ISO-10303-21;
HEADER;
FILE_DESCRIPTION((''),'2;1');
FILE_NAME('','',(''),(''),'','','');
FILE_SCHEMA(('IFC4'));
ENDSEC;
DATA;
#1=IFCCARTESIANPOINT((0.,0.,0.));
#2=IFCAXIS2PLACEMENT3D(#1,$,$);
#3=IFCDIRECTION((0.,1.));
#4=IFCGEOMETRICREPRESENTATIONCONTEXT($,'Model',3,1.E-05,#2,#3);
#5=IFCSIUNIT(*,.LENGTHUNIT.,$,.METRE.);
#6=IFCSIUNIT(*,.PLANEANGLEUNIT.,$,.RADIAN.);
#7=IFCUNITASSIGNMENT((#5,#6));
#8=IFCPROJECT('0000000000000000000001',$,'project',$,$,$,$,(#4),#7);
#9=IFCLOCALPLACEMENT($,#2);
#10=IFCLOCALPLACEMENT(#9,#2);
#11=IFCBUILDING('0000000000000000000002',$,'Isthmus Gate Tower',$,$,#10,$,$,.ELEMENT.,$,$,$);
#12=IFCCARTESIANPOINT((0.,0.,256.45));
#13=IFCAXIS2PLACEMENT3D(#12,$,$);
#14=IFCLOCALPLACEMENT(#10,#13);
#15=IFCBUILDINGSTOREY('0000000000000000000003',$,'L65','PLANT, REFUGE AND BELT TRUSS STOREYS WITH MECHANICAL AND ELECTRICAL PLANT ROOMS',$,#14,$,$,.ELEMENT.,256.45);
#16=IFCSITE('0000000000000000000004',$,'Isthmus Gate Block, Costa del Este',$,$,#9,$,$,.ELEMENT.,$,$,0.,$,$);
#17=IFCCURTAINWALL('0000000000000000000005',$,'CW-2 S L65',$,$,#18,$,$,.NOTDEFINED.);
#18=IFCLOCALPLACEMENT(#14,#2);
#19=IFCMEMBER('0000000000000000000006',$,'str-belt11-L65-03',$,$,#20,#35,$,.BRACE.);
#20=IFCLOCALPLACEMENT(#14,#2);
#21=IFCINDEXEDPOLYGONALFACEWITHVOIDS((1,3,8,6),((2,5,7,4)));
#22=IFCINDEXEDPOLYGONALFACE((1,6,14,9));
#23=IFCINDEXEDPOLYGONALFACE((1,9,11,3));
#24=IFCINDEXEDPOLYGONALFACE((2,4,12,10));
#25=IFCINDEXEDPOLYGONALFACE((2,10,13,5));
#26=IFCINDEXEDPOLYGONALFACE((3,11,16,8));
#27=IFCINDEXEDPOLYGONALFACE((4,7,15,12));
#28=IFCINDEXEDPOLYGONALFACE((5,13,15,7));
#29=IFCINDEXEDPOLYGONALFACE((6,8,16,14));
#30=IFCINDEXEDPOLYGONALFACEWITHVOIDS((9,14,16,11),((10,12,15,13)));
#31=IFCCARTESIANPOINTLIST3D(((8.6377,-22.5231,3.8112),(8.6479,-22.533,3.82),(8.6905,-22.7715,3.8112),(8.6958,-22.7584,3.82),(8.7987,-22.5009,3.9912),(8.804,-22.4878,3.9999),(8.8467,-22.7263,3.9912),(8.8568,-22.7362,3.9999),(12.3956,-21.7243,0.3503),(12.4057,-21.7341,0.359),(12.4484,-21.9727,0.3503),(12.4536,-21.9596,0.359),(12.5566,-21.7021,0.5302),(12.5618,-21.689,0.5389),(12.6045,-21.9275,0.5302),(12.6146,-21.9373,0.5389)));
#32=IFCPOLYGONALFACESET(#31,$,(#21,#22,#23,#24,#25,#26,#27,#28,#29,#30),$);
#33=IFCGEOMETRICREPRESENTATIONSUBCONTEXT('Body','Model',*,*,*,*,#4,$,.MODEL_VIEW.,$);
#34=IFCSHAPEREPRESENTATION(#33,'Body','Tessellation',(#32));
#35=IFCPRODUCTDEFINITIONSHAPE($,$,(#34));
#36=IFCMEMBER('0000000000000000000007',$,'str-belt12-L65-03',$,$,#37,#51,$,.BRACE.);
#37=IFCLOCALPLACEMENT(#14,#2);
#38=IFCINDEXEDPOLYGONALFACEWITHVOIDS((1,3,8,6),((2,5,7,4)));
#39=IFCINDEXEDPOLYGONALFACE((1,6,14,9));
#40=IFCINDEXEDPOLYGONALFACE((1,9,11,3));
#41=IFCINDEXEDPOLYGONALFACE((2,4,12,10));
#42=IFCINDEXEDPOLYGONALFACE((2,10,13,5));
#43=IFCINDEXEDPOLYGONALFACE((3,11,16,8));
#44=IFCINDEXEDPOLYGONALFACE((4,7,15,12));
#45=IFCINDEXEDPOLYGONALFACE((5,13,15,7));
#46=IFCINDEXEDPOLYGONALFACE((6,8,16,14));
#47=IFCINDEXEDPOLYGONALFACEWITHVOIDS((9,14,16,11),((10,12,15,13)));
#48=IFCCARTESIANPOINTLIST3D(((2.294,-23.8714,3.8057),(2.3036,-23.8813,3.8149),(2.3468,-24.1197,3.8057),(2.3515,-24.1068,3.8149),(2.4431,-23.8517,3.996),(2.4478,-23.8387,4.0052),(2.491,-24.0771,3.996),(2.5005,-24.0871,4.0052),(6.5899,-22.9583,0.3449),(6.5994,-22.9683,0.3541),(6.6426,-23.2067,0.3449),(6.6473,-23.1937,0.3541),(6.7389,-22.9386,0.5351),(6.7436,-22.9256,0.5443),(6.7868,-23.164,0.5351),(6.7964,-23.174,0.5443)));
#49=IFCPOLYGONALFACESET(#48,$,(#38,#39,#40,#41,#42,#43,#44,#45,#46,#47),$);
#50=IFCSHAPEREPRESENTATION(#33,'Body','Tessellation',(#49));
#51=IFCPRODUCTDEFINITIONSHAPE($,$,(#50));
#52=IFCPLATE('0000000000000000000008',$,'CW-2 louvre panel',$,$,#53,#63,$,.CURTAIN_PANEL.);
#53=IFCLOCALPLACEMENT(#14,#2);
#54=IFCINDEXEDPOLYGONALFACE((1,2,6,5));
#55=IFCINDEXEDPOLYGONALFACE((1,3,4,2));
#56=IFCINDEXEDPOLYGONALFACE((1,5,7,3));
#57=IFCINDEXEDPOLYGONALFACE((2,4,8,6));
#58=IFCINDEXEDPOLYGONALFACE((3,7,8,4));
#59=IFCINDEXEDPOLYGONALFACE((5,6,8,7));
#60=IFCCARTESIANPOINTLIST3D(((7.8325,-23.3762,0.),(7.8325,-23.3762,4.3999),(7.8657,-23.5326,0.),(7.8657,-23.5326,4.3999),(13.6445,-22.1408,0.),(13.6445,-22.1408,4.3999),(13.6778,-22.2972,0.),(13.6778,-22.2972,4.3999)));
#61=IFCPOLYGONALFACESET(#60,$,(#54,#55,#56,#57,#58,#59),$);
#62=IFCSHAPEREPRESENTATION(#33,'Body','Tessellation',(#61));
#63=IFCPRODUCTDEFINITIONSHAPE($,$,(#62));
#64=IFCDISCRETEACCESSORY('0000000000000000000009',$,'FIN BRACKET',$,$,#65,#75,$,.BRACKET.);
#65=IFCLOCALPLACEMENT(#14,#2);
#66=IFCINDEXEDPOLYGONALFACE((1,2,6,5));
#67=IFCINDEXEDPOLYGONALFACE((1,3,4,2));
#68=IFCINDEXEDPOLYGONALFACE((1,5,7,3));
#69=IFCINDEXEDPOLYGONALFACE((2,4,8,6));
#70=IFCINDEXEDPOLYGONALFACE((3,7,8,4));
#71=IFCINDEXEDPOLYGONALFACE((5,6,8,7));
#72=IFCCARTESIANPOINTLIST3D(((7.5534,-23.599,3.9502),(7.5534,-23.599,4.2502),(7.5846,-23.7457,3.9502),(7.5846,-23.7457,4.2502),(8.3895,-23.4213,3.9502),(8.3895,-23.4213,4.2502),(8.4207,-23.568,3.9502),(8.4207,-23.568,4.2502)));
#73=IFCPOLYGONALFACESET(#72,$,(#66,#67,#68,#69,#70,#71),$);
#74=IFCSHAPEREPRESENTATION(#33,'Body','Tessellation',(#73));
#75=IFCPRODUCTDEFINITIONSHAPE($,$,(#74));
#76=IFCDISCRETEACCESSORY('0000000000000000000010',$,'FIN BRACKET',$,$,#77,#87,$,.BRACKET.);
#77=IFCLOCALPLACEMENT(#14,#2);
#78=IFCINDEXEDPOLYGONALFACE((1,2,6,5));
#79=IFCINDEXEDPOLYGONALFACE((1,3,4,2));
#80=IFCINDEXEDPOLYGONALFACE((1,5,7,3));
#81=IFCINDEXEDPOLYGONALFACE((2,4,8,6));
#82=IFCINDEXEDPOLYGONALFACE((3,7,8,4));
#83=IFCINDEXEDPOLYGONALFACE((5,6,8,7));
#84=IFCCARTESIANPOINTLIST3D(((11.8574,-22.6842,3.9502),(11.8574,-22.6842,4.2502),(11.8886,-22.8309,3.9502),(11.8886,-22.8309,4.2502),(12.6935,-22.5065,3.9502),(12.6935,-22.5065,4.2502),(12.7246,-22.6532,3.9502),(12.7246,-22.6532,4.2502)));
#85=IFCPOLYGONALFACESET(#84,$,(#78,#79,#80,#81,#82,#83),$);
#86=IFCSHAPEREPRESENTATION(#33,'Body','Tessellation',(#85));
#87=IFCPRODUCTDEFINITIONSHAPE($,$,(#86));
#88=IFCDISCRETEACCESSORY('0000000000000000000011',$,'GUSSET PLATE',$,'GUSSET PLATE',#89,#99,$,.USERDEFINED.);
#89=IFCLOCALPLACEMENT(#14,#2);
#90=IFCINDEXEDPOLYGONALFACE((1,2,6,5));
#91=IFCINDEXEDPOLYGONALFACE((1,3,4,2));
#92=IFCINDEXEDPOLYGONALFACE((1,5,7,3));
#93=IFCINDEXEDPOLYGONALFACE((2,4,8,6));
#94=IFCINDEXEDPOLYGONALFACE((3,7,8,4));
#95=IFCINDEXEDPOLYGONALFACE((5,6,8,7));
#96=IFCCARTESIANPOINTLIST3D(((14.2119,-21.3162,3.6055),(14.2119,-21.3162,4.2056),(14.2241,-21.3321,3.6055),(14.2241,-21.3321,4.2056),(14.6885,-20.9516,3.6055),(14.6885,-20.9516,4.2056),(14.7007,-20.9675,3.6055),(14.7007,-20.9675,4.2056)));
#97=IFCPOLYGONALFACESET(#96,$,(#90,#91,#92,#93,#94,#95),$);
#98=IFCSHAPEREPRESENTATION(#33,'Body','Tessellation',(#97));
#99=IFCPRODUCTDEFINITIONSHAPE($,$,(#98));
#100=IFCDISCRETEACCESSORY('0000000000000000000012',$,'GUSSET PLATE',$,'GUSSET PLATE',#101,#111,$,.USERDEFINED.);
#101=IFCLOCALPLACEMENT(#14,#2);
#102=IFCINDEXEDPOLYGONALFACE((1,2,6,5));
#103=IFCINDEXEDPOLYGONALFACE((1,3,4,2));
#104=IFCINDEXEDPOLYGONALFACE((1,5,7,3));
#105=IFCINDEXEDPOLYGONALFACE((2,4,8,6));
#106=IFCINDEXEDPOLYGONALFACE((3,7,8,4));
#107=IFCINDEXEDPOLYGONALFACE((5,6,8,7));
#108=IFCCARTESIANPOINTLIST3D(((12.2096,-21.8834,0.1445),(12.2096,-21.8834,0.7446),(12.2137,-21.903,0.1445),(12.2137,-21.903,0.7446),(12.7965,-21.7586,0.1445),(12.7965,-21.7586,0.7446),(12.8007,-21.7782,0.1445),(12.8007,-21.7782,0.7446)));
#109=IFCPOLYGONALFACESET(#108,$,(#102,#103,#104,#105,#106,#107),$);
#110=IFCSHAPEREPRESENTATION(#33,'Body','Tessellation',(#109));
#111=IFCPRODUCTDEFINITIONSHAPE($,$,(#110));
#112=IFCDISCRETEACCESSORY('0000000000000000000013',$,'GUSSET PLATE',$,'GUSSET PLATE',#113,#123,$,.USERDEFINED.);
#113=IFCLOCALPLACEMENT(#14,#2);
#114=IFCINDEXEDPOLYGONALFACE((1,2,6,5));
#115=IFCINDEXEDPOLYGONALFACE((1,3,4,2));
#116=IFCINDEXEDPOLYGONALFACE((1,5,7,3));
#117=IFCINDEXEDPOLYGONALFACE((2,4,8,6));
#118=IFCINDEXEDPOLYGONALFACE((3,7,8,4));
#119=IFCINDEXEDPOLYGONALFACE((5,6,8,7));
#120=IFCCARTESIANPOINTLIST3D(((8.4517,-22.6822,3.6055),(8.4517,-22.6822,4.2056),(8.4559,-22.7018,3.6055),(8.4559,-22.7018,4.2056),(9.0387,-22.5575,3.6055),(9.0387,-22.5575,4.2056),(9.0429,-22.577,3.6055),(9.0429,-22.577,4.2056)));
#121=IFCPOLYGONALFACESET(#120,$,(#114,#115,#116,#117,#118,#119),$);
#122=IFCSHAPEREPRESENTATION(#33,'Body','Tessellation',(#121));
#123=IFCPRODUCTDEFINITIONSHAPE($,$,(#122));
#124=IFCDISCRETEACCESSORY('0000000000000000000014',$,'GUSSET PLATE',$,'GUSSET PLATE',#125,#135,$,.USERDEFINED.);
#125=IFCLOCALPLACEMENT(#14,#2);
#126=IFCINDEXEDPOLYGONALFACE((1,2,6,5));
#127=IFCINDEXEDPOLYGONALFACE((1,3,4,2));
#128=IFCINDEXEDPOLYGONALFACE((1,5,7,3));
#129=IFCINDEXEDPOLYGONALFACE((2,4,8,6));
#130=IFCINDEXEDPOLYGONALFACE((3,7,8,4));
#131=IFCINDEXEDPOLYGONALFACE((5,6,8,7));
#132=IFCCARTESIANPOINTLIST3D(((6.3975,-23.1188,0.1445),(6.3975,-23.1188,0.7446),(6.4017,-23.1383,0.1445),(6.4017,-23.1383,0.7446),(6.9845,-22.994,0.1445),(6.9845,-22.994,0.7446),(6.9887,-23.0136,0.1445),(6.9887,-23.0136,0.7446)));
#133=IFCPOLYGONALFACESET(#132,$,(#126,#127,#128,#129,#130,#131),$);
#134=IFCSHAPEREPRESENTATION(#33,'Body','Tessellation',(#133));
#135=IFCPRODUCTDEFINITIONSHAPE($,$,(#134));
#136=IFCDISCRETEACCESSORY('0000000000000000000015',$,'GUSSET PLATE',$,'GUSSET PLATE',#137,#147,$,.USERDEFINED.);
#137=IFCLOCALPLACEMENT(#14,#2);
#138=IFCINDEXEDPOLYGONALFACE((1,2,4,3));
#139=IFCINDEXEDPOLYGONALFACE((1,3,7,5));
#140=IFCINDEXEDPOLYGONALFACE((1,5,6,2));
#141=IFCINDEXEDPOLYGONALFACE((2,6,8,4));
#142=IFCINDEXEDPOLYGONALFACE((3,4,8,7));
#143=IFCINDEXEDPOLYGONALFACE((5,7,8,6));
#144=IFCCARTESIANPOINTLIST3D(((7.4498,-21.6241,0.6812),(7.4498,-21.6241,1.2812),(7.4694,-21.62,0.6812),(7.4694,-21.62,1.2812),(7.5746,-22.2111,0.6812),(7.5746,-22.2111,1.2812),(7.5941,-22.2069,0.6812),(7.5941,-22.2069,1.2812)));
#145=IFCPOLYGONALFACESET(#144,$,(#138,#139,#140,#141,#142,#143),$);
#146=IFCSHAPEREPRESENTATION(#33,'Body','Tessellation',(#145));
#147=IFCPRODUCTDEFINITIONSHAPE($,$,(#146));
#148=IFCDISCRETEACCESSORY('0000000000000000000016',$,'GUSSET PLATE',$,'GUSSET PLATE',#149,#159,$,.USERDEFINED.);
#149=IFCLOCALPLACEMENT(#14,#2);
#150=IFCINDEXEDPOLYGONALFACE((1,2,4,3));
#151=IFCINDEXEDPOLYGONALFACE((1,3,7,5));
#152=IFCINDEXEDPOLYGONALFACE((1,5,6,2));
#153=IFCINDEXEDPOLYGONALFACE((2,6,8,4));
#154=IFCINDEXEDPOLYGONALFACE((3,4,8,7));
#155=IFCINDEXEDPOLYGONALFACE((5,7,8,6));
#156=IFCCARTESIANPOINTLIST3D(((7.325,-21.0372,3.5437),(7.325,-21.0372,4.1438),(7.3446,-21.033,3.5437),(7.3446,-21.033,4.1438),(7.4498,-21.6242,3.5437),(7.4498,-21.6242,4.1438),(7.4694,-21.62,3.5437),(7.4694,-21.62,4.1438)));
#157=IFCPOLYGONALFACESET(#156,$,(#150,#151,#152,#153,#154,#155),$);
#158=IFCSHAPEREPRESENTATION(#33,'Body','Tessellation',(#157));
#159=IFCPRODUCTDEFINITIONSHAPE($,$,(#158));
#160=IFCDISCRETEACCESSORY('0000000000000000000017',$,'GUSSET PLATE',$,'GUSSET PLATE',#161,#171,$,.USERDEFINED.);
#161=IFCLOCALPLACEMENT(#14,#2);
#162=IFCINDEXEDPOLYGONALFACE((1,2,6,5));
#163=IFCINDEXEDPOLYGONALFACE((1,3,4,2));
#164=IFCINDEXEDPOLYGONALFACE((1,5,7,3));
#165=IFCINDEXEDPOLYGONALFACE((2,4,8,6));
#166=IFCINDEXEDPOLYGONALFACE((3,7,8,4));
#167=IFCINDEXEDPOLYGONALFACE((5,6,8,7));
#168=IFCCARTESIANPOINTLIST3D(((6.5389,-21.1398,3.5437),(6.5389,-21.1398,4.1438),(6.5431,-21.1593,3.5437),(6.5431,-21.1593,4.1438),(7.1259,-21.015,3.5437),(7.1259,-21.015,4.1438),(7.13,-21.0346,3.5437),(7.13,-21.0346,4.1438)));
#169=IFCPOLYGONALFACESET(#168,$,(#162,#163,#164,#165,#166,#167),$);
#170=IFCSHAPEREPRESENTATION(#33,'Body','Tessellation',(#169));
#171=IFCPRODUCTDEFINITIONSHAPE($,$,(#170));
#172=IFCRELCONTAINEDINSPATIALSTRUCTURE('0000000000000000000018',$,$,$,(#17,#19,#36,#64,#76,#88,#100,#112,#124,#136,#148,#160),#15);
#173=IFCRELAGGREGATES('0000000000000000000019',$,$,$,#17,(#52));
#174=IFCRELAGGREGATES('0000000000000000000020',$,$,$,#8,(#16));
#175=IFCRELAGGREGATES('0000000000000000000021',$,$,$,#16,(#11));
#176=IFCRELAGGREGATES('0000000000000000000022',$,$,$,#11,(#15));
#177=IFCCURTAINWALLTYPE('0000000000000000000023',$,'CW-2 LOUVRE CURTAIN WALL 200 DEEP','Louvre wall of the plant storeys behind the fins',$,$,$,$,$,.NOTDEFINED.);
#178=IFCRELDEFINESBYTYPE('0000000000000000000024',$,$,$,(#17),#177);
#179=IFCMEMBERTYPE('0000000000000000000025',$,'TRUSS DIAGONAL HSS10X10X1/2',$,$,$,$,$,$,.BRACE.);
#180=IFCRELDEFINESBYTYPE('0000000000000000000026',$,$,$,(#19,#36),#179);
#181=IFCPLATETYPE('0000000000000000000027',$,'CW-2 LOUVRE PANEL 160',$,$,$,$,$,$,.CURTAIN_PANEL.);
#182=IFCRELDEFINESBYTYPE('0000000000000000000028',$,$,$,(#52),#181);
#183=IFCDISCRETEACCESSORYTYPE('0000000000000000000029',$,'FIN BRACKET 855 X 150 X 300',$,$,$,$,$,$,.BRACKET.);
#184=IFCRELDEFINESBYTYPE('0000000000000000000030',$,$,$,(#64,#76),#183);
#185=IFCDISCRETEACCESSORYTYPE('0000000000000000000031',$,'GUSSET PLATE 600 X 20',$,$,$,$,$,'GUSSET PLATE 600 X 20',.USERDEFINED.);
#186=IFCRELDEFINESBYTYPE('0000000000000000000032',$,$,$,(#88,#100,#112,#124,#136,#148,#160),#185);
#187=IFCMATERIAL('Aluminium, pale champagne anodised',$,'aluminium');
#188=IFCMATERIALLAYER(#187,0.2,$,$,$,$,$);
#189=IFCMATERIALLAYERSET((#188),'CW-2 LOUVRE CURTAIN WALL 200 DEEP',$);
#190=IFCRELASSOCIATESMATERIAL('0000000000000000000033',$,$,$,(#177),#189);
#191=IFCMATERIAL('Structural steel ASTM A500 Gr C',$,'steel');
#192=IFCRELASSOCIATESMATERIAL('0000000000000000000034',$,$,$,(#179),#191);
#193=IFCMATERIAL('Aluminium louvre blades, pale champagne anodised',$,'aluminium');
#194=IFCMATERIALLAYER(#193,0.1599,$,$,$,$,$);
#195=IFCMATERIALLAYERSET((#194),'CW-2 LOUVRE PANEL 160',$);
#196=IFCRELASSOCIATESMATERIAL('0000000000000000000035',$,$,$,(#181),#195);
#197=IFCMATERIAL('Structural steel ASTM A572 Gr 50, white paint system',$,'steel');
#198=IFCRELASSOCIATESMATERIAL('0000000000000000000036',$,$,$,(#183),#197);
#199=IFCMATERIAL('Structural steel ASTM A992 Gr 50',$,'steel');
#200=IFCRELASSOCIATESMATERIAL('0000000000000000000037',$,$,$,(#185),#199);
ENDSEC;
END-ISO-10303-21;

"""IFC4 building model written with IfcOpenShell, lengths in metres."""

from ifc_helpers import new_model, si_unit, direction, frame, origin, origin_2d, place, context, subcontext, project, spatial, rectangle, hollow_rectangle, extrude, material, layer, layer_set, material_profile, profile_set, type_object, element, aggregate, save


model = new_model("IFC4")

# Units and contexts
model_context = context("Model", 3, precision=1e-05, world=origin(), true_north=direction((0.0, 1.0)))
body_context = subcontext(model_context, "Body", "Model", "MODEL_VIEW")
ifc_project = project(units=[si_unit("LENGTHUNIT", "METRE"), si_unit("PLANEANGLEUNIT", "RADIAN")], contexts=[model_context])

# Site, building, storey
site_placement = place(None, origin())
site = spatial("IfcSite", under=ifc_project, at=site_placement, Name="Isthmus Gate Block, Costa del Este", CompositionType="ELEMENT", RefElevation=0.0)
building_placement = place(site_placement, origin())
building = spatial("IfcBuilding", under=site, at=building_placement, Name="Isthmus Gate Tower", CompositionType="ELEMENT")
storey_placement = place(building_placement, frame((0.0, 0.0, 256.45)))
storey = spatial("IfcBuildingStorey", under=building, at=storey_placement, Name="L65", Description="PLANT, REFUGE AND BELT TRUSS STOREYS WITH MECHANICAL AND ELECTRICAL PLANT ROOMS", CompositionType="ELEMENT", Elevation=256.45)

# Curtain wall
ifc_material_1 = material(Name="Aluminium, pale champagne anodised", Category="aluminium")
ifc_layer_1 = layer(ifc_material_1, 0.2)
ifc_layer_set_1 = layer_set([ifc_layer_1], Name="CW-2 LOUVRE CURTAIN WALL 200 DEEP")
curtain_wall_type = type_object("IfcCurtainWallType", Name="CW-2 LOUVRE CURTAIN WALL 200 DEEP", Description="Louvre wall of the plant storeys behind the fins", PredefinedType="NOTDEFINED", material=ifc_layer_set_1)
curtain_wall_1_placement = place(storey_placement, origin())
curtain_wall_1 = element("IfcCurtainWall", 1, at=curtain_wall_1_placement, inside=storey, type_object=curtain_wall_type, Name="CW-2 S L65", PredefinedType="NOTDEFINED")

# Members
ifc_material_2 = material(Name="Structural steel ASTM A500 Gr C", Category="steel")
ifc_material_profile_1 = material_profile(ifc_material_2, hollow_rectangle(XDim=0.2539, YDim=0.2539, WallThickness=0.0117, at=origin_2d()), Name="HSS10X10X1/2")
ifc_profile_set_1 = profile_set([ifc_material_profile_1], Name="Structural steel ASTM A500 Gr C")
member_type_1 = type_object("IfcMemberType", Name="TRUSS DIAGONAL HSS10X10X1/2", PredefinedType="BRACE", material=ifc_profile_set_1)
member_1_placement = place(storey_placement, frame((12.5051, -21.8308, 0.4446), z_axis=(-0.726734, -0.154488, 0.669321), x_axis=(0.207932, -0.978143, 0.0)))
element("IfcMember", 2, at=member_1_placement, inside=storey, type_object=member_type_1, Name="str-belt11-L65-03", PredefinedType="BRACE", context=body_context, shape_type="SweptSolid", body=[
    extrude(hollow_rectangle(XDim=0.2539, YDim=0.2539, WallThickness=0.0117, at=origin_2d()), origin(), (0.0, 0.0, 1.0), 5.1709),
])
member_2_placement = place(storey_placement, frame((6.6931, -23.0662, 0.4446), z_axis=(-0.76827, -0.163295, 0.618947), x_axis=(0.207904, -0.978149, 0.0)))
element("IfcMember", 3, at=member_2_placement, inside=storey, type_object=member_type_1, Name="str-belt12-L65-03", PredefinedType="BRACE", context=body_context, shape_type="SweptSolid", body=[
    extrude(hollow_rectangle(XDim=0.2539, YDim=0.2539, WallThickness=0.0117, at=origin_2d()), origin(), (0.0, 0.0, 1.0), 5.5916),
])

# Plate
ifc_material_3 = material(Name="Aluminium louvre blades, pale champagne anodised", Category="aluminium")
ifc_layer_2 = layer(ifc_material_3, 0.1599)
ifc_layer_set_2 = layer_set([ifc_layer_2], Name="CW-2 LOUVRE PANEL 160")
plate_type = type_object("IfcPlateType", Name="CW-2 LOUVRE PANEL 160", PredefinedType="CURTAIN_PANEL", material=ifc_layer_set_2)
plate_placement = place(storey_placement, frame((10.7551, -22.8367, 0.0), z_axis=(0.0, 0.0, 1.0), x_axis=(0.978148, 0.207912, 0.0)))
plate = element("IfcPlate", 4, at=plate_placement, type_object=plate_type, Name="CW-2 louvre panel", PredefinedType="CURTAIN_PANEL", context=body_context, shape_type="SweptSolid", body=[
    extrude(rectangle(XDim=5.9419, YDim=0.1599, at=origin_2d()), origin(), (0.0, 0.0, 1.0), 4.3999),
])
aggregate(curtain_wall_1, [plate])

# Discrete accessories
ifc_material_4 = material(Name="Structural steel ASTM A572 Gr 50, white paint system", Category="steel")
discrete_accessory_type_1 = type_object("IfcDiscreteAccessoryType", Name="FIN BRACKET 855 X 150 X 300", PredefinedType="BRACKET", material=ifc_material_4)
for number, where, z_axis, x_axis, name in (
    (5, (7.9871, -23.5835, 3.9502), (0.0, 0.0, 1.0), (0.207912, -0.978148, 0.0), "FIN BRACKET"),
    (6, (12.291, -22.6687, 3.9502), (0.0, 0.0, 1.0), (0.207912, -0.978148, 0.0), "FIN BRACKET"),
):
    element("IfcDiscreteAccessory", number, at=place(storey_placement, frame(where, z_axis=z_axis, x_axis=x_axis)), inside=storey, type_object=discrete_accessory_type_1, Name=name, PredefinedType="BRACKET", context=body_context, shape_type="SweptSolid", body=[
        extrude(rectangle(XDim=0.1499, YDim=0.8547, at=origin_2d()), origin(), (0.0, 0.0, 1.0), 0.3),
    ])
ifc_material_5 = material(Name="Structural steel ASTM A992 Gr 50", Category="steel")
discrete_accessory_type_2 = type_object("IfcDiscreteAccessoryType", Name="GUSSET PLATE 600 X 20", ElementType="GUSSET PLATE 600 X 20", PredefinedType="USERDEFINED", material=ifc_material_5)
for number, where, z_axis, x_axis, name in (
    (7, (14.4563, -21.1418, 3.6055), (0.0, 0.0, 1.0), (-0.794189, -0.607671, 0.0), "GUSSET PLATE"),
    (8, (12.5051, -21.8308, 0.1445), (0.0, 0.0, 1.0), (-0.978148, -0.207912, 0.0), "GUSSET PLATE"),
    (9, (8.7473, -22.6296, 3.6055), (0.0, 0.0, 1.0), (-0.978148, -0.207912, 0.0), "GUSSET PLATE"),
    (10, (6.6931, -23.0662, 0.1445), (0.0, 0.0, 1.0), (-0.978148, -0.207912, 0.0), "GUSSET PLATE"),
    (11, (7.522, -21.9155, 0.6812), (0.0, 0.0, 1.0), (-0.207912, 0.978148, 0.0), "GUSSET PLATE"),
    (12, (7.3972, -21.3286, 3.5437), (0.0, 0.0, 1.0), (-0.207912, 0.978148, 0.0), "GUSSET PLATE"),
    (13, (6.8345, -21.0872, 3.5437), (0.0, 0.0, 1.0), (0.978148, 0.207912, 0.0), "GUSSET PLATE"),
):
    element("IfcDiscreteAccessory", number, at=place(storey_placement, frame(where, z_axis=z_axis, x_axis=x_axis)), inside=storey, type_object=discrete_accessory_type_2, Name=name, ObjectType="GUSSET PLATE", PredefinedType="USERDEFINED", context=body_context, shape_type="SweptSolid", body=[
        extrude(rectangle(XDim=0.6001, YDim=0.02, at=origin_2d()), origin(), (0.0, 0.0, 1.0), 0.6001),
    ])

save(model, "model.ifc")
